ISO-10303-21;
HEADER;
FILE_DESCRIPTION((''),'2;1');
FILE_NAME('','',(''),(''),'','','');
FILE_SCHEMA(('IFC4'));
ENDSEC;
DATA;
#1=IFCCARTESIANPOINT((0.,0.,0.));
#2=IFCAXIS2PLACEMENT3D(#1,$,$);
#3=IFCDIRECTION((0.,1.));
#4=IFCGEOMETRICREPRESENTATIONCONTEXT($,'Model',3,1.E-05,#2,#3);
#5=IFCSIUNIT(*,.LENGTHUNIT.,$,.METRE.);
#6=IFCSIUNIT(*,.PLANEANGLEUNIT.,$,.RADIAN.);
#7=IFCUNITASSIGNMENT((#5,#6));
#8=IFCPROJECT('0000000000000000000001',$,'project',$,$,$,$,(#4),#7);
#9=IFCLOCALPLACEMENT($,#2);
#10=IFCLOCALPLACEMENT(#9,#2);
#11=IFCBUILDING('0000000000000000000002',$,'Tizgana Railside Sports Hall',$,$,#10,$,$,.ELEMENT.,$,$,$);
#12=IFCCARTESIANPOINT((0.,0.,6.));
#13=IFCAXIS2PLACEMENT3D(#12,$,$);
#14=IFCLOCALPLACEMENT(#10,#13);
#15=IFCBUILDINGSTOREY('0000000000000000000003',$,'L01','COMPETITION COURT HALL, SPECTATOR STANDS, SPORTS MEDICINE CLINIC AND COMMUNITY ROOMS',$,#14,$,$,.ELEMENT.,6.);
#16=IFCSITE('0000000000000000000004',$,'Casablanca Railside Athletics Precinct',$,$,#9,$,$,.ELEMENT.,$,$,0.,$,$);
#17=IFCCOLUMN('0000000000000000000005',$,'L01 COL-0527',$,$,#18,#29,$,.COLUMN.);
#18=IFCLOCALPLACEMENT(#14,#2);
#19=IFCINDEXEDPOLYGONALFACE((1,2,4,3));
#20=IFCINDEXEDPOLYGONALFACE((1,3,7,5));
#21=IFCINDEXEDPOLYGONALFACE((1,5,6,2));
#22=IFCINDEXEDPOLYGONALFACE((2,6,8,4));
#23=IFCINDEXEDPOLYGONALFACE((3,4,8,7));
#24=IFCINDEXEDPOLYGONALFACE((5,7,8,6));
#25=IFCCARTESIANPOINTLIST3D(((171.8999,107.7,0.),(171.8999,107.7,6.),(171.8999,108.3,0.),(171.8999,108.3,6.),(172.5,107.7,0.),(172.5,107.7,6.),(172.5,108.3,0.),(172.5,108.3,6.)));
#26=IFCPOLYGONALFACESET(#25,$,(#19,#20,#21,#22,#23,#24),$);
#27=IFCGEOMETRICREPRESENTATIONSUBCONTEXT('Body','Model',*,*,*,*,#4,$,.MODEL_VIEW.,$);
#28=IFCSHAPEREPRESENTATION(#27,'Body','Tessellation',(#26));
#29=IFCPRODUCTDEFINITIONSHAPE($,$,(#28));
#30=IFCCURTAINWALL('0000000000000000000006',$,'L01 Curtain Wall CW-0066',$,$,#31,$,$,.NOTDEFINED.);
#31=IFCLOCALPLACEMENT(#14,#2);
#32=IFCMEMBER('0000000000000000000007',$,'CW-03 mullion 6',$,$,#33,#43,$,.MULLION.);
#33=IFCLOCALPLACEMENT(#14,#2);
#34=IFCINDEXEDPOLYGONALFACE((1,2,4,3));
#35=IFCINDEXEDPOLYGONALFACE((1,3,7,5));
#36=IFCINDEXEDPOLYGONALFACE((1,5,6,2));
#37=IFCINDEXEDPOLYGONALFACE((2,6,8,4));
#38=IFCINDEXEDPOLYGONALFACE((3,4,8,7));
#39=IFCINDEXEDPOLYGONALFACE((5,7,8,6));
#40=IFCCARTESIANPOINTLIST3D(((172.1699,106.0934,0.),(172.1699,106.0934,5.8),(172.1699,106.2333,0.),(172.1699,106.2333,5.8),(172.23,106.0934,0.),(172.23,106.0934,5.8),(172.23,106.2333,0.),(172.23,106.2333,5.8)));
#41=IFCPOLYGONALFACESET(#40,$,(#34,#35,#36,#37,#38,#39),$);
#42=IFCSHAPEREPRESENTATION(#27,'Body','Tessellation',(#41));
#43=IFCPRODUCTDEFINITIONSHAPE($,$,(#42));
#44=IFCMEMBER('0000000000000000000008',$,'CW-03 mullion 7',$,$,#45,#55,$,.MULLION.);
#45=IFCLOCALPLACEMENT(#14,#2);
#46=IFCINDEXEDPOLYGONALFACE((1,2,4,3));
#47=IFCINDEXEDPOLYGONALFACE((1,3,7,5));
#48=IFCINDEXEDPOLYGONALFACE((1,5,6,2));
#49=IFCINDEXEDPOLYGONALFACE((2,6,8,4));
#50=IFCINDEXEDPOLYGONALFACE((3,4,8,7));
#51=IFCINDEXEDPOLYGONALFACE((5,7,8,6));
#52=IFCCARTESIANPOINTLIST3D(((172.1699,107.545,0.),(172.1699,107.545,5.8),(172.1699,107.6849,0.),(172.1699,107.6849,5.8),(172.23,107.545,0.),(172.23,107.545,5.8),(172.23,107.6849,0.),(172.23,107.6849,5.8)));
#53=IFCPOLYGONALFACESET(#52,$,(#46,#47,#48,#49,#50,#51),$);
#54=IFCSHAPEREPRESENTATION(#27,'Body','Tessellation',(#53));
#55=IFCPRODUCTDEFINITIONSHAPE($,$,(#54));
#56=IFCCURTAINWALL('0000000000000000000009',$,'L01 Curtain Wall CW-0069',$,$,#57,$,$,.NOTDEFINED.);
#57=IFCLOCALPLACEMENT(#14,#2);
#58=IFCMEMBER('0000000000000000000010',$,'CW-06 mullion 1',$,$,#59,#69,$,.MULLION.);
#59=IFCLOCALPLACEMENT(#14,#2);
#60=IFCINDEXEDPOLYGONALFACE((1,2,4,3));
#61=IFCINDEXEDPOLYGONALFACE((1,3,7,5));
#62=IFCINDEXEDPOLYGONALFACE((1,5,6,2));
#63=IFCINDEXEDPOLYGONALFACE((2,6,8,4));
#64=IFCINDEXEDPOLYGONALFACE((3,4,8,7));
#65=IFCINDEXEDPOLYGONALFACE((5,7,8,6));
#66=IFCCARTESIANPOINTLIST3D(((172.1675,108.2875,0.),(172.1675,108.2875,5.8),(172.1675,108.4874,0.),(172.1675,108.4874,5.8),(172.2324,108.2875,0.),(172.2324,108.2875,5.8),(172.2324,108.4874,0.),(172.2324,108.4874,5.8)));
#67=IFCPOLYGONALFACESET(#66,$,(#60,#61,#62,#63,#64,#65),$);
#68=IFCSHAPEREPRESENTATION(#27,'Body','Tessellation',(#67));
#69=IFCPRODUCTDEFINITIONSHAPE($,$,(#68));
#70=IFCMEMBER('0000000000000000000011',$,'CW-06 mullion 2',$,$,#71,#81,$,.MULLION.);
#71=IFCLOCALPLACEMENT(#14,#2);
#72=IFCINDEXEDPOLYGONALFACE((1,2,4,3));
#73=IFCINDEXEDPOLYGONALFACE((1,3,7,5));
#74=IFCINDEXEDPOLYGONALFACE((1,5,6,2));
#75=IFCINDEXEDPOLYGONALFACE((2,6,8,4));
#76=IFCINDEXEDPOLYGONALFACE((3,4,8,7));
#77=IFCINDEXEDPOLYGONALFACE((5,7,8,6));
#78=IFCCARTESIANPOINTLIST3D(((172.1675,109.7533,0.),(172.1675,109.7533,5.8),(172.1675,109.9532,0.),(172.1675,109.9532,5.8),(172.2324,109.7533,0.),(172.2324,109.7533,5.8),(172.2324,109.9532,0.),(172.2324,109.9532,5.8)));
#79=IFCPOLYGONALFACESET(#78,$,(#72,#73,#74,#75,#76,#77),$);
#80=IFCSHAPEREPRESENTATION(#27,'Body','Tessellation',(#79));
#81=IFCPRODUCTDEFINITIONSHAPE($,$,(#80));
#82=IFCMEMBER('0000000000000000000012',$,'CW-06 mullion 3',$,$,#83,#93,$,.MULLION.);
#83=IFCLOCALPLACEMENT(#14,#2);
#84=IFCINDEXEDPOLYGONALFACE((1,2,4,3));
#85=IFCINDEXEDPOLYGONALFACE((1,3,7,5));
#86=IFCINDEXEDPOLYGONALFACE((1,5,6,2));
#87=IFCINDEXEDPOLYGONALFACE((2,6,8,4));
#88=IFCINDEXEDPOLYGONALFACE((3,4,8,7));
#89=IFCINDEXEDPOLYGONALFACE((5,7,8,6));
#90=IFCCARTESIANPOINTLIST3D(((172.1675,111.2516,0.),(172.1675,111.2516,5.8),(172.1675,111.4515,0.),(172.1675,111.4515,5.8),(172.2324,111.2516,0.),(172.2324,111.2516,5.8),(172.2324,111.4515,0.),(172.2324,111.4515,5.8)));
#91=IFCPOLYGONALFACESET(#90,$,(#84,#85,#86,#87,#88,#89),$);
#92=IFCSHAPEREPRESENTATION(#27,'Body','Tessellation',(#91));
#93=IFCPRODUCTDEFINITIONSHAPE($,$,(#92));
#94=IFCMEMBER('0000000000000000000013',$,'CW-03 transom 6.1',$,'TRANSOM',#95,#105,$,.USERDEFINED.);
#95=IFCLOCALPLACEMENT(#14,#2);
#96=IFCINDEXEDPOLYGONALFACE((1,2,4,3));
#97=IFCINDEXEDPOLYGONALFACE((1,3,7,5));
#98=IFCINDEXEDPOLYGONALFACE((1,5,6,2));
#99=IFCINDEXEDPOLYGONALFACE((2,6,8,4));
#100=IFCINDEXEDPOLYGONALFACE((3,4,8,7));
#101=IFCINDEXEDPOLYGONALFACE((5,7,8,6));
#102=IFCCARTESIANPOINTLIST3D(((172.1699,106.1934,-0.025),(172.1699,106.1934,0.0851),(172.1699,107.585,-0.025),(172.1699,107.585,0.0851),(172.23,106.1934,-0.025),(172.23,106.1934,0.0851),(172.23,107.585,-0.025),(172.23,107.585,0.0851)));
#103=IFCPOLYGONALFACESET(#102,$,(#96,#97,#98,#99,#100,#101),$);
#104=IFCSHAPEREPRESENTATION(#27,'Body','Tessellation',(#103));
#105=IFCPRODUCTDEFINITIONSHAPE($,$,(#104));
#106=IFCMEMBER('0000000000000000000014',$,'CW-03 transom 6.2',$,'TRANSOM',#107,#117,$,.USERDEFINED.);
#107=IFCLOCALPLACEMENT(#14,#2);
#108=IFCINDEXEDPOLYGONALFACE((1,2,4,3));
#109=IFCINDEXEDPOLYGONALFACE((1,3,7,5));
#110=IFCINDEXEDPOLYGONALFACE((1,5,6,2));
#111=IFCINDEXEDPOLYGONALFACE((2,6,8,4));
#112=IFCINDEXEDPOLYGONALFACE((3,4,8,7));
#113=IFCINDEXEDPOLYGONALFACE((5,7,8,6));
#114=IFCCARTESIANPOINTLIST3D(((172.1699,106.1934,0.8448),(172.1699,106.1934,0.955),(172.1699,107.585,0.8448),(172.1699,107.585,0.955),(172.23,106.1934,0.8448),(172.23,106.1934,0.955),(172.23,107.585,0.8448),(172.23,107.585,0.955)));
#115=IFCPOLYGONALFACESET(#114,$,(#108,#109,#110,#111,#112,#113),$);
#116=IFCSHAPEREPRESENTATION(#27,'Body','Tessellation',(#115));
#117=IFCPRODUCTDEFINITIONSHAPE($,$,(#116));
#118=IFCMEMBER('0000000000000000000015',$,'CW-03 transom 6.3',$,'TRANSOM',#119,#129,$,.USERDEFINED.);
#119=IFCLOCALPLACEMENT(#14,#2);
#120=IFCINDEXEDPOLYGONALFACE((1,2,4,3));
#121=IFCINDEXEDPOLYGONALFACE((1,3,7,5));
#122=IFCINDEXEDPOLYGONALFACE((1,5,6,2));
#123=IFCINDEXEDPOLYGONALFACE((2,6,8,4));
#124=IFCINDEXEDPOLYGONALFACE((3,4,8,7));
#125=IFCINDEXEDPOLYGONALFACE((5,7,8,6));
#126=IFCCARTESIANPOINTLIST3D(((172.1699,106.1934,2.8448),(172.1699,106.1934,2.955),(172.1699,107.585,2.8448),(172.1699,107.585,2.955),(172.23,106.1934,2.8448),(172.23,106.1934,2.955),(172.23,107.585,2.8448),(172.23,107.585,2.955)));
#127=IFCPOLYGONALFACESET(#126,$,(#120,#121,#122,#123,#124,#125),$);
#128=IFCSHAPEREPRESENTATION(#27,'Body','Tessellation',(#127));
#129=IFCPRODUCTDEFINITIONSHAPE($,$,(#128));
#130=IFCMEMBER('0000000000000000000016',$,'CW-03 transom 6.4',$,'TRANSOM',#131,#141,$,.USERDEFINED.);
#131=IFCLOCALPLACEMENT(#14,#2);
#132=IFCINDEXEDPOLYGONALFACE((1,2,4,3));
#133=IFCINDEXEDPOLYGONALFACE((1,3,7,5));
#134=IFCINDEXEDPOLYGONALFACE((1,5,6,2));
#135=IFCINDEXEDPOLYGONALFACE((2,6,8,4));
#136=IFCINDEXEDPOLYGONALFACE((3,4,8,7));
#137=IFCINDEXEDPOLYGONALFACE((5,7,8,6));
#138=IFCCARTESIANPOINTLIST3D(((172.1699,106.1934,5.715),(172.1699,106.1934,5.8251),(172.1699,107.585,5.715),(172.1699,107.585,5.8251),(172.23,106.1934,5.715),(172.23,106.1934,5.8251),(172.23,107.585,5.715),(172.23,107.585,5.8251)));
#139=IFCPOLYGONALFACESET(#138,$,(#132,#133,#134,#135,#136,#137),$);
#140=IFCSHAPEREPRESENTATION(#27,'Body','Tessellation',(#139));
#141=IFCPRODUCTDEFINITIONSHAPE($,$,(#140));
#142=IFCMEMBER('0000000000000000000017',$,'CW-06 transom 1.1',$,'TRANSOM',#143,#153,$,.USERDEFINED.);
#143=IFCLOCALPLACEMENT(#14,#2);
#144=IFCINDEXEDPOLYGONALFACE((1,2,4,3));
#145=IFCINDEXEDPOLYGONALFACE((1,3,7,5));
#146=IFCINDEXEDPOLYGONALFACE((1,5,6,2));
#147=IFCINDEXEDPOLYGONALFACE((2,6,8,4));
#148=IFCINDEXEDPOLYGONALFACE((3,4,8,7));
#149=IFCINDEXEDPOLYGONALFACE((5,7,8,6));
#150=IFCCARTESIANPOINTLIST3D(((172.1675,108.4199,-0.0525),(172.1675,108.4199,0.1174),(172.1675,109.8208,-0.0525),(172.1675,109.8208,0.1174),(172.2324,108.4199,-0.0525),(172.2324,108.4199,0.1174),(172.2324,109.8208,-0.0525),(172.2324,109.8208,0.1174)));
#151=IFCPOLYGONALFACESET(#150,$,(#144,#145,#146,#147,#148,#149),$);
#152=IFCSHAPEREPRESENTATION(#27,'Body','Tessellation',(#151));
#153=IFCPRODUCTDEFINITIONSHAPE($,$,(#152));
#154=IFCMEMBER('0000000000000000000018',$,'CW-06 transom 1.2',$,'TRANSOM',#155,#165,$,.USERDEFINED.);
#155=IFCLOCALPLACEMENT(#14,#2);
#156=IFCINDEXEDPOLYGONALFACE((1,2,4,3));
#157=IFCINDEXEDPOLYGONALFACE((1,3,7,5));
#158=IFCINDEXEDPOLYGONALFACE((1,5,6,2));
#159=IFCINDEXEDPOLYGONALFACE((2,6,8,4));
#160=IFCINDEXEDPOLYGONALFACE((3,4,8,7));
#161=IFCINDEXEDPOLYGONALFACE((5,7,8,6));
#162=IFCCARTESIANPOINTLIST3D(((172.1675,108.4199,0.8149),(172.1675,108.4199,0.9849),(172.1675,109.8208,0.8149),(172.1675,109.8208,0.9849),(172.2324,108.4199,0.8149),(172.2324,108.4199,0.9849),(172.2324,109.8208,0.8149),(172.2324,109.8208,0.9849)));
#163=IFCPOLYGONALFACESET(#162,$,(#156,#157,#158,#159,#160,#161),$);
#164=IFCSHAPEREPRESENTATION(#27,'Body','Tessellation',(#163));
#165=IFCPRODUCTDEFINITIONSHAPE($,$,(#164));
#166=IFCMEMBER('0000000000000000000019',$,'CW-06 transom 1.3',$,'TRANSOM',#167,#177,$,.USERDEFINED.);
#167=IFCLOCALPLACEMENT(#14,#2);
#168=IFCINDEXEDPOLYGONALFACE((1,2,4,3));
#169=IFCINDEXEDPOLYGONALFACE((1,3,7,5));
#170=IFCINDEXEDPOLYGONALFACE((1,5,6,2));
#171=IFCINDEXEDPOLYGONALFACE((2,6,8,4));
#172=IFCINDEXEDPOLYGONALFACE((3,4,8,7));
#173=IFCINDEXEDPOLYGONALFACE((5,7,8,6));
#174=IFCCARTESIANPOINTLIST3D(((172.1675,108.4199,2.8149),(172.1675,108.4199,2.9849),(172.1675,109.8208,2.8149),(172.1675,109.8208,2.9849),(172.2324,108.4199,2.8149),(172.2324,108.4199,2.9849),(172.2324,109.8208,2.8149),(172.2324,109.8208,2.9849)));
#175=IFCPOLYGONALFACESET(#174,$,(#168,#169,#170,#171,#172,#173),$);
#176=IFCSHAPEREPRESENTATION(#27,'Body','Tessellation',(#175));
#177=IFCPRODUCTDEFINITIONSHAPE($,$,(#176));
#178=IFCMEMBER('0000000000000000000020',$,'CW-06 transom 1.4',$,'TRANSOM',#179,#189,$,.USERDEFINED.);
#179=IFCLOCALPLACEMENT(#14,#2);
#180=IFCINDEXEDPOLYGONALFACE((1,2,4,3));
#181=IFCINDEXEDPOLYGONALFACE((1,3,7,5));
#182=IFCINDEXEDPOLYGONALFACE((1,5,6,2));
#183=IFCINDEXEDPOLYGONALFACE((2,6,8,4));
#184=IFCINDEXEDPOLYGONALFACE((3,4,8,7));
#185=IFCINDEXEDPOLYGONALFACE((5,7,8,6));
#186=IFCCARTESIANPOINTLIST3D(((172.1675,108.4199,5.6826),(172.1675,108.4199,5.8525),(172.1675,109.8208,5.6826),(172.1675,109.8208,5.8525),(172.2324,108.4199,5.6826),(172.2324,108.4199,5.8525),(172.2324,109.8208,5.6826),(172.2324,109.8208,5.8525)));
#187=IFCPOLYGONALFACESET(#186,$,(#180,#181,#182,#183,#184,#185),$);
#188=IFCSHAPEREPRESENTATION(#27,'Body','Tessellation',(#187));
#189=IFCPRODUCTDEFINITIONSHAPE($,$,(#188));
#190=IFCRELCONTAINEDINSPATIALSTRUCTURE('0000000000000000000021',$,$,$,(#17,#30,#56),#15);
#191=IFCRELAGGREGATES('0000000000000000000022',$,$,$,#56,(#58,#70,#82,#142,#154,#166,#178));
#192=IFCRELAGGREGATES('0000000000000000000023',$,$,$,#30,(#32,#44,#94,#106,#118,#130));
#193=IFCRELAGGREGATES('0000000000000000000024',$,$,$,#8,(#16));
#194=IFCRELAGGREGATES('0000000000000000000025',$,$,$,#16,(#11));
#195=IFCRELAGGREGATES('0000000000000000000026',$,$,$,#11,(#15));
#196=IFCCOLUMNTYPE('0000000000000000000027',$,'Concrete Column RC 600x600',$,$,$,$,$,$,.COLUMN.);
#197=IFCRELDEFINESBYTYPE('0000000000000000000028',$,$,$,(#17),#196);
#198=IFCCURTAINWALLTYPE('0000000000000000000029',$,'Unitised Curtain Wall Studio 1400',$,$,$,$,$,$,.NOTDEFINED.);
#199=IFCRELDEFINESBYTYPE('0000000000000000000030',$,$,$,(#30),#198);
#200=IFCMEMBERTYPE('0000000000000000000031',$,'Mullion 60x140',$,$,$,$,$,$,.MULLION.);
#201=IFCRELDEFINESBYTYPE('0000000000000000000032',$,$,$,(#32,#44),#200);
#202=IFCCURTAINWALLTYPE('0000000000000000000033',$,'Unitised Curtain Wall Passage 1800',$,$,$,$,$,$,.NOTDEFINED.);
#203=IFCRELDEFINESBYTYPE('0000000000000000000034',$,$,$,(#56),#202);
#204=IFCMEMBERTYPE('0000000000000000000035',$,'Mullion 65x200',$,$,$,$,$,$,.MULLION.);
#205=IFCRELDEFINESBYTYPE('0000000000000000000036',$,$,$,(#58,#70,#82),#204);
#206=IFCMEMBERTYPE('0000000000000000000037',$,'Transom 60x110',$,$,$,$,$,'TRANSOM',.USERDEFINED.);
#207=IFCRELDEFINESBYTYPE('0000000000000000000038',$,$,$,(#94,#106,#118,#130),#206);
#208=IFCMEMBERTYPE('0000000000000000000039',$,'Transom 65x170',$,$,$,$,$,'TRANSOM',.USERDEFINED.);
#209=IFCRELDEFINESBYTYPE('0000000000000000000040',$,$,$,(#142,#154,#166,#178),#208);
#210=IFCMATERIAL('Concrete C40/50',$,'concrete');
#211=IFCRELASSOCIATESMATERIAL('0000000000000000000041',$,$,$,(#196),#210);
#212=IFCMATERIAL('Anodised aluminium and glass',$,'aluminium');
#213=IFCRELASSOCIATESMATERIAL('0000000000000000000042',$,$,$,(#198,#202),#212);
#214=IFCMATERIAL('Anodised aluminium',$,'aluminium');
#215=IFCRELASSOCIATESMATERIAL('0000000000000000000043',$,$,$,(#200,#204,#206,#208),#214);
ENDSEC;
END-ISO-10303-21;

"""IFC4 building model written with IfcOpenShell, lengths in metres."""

from ifc_helpers import new_model, si_unit, direction, frame, origin, origin_2d, place, context, subcontext, project, spatial, rectangle, extrude, material, material_profile, profile_set, type_object, element, aggregate, save


model = new_model("IFC4")

# Units and contexts
model_context = context("Model", 3, precision=1e-05, world=origin(), true_north=direction((0.0, 1.0)))
body_context = subcontext(model_context, "Body", "Model", "MODEL_VIEW")
ifc_project = project(units=[si_unit("LENGTHUNIT", "METRE"), si_unit("PLANEANGLEUNIT", "RADIAN")], contexts=[model_context])

# Site, building, storey
site_placement = place(None, origin())
site = spatial("IfcSite", under=ifc_project, at=site_placement, Name="Casablanca Railside Athletics Precinct", CompositionType="ELEMENT", RefElevation=0.0)
building_placement = place(site_placement, origin())
building = spatial("IfcBuilding", under=site, at=building_placement, Name="Tizgana Railside Sports Hall", CompositionType="ELEMENT")
storey_placement = place(building_placement, frame((0.0, 0.0, 6.0)))
storey = spatial("IfcBuildingStorey", under=building, at=storey_placement, Name="L01", Description="COMPETITION COURT HALL, SPECTATOR STANDS, SPORTS MEDICINE CLINIC AND COMMUNITY ROOMS", CompositionType="ELEMENT", Elevation=6.0)

# Column
ifc_material_1 = material(Name="Concrete C40/50", Category="concrete")
ifc_material_profile_1 = material_profile(ifc_material_1, rectangle(XDim=0.6001, YDim=0.6001, at=origin_2d()), Name="RC 600x600")
ifc_profile_set_1 = profile_set([ifc_material_profile_1], Name="Concrete C40/50")
column_type = type_object("IfcColumnType", Name="Concrete Column RC 600x600", PredefinedType="COLUMN", material=ifc_profile_set_1)
column_placement = place(storey_placement, frame((172.2, 108.0, 0.0), z_axis=(0.0, 0.0, 1.0), x_axis=(1.0, 0.0, 0.0)))
element("IfcColumn", 1, at=column_placement, inside=storey, type_object=column_type, Name="L01 COL-0527", PredefinedType="COLUMN", context=body_context, shape_type="SweptSolid", body=[
    extrude(rectangle(XDim=0.6001, YDim=0.6001, at=origin_2d()), origin(), (0.0, 0.0, 1.0), 6.0),
])

# Curtain walls, members
ifc_material_2 = material(Name="Anodised aluminium and glass", Category="aluminium")
curtain_wall_type_1 = type_object("IfcCurtainWallType", Name="Unitised Curtain Wall Studio 1400", PredefinedType="NOTDEFINED", material=ifc_material_2)
curtain_wall_1_placement = place(storey_placement, origin())
curtain_wall_1 = element("IfcCurtainWall", 2, at=curtain_wall_1_placement, inside=storey, type_object=curtain_wall_type_1, Name="L01 Curtain Wall CW-0066", PredefinedType="NOTDEFINED")
ifc_material_3 = material(Name="Anodised aluminium", Category="aluminium")
ifc_material_profile_2 = material_profile(ifc_material_3, rectangle(XDim=0.0601, YDim=0.1399, at=origin_2d()), Name="Mullion 60x140")
ifc_profile_set_2 = profile_set([ifc_material_profile_2], Name="Anodised aluminium")
member_type_1 = type_object("IfcMemberType", Name="Mullion 60x140", PredefinedType="MULLION", material=ifc_profile_set_2)
member_1_placement = place(storey_placement, frame((172.2, 106.1633, 0.0), z_axis=(0.0, 0.0, 1.0), x_axis=(-1.0, 0.0, 0.0)))
member_1 = element("IfcMember", 3, at=member_1_placement, type_object=member_type_1, Name="CW-03 mullion 6", PredefinedType="MULLION", context=body_context, shape_type="SweptSolid", body=[
    extrude(rectangle(XDim=0.0601, YDim=0.1399, at=origin_2d()), origin(), (0.0, 0.0, 1.0), 5.8),
])
member_2_placement = place(storey_placement, frame((172.2, 107.615, 0.0), z_axis=(0.0, 0.0, 1.0), x_axis=(-1.0, 0.0, 0.0)))
member_2 = element("IfcMember", 4, at=member_2_placement, type_object=member_type_1, Name="CW-03 mullion 7", PredefinedType="MULLION", context=body_context, shape_type="SweptSolid", body=[
    extrude(rectangle(XDim=0.0601, YDim=0.1399, at=origin_2d()), origin(), (0.0, 0.0, 1.0), 5.8),
])
curtain_wall_type_2 = type_object("IfcCurtainWallType", Name="Unitised Curtain Wall Passage 1800", PredefinedType="NOTDEFINED", material=ifc_material_2)
curtain_wall_2_placement = place(storey_placement, origin())
curtain_wall_2 = element("IfcCurtainWall", 5, at=curtain_wall_2_placement, inside=storey, type_object=curtain_wall_type_2, Name="L01 Curtain Wall CW-0069", PredefinedType="NOTDEFINED")
ifc_material_profile_3 = material_profile(ifc_material_3, rectangle(XDim=0.0649, YDim=0.2, at=origin_2d()), Name="Mullion 65x200")
ifc_profile_set_3 = profile_set([ifc_material_profile_3], Name="Anodised aluminium")
member_type_2 = type_object("IfcMemberType", Name="Mullion 65x200", PredefinedType="MULLION", material=ifc_profile_set_3)
member_3_placement = place(storey_placement, frame((172.2, 108.3875, 0.0), z_axis=(0.0, 0.0, 1.0), x_axis=(-1.0, 0.0, 0.0)))
member_3 = element("IfcMember", 6, at=member_3_placement, type_object=member_type_2, Name="CW-06 mullion 1", PredefinedType="MULLION", context=body_context, shape_type="SweptSolid", body=[
    extrude(rectangle(XDim=0.0649, YDim=0.2, at=origin_2d()), origin(), (0.0, 0.0, 1.0), 5.8),
])
member_4_placement = place(storey_placement, frame((172.2, 109.8533, 0.0), z_axis=(0.0, 0.0, 1.0), x_axis=(-1.0, 0.0, 0.0)))
member_4 = element("IfcMember", 7, at=member_4_placement, type_object=member_type_2, Name="CW-06 mullion 2", PredefinedType="MULLION", context=body_context, shape_type="SweptSolid", body=[
    extrude(rectangle(XDim=0.0649, YDim=0.2, at=origin_2d()), origin(), (0.0, 0.0, 1.0), 5.8),
])
member_5_placement = place(storey_placement, frame((172.2, 111.3516, 0.0), z_axis=(0.0, 0.0, 1.0), x_axis=(-1.0, 0.0, 0.0)))
member_5 = element("IfcMember", 8, at=member_5_placement, type_object=member_type_2, Name="CW-06 mullion 3", PredefinedType="MULLION", context=body_context, shape_type="SweptSolid", body=[
    extrude(rectangle(XDim=0.0649, YDim=0.2, at=origin_2d()), origin(), (0.0, 0.0, 1.0), 5.8),
])

# Members
ifc_material_profile_4 = material_profile(ifc_material_3, rectangle(XDim=0.0601, YDim=0.1101, at=origin_2d()), Name="Transom 60x110")
ifc_profile_set_4 = profile_set([ifc_material_profile_4], Name="Anodised aluminium")
member_type_3 = type_object("IfcMemberType", Name="Transom 60x110", ElementType="TRANSOM", PredefinedType="USERDEFINED", material=ifc_profile_set_4)
member_6_placement = place(storey_placement, frame((172.2, 106.1934, 0.03), z_axis=(0.0, 1.0, 0.0), x_axis=(-1.0, 0.0, 0.0)))
member_6 = element("IfcMember", 9, at=member_6_placement, type_object=member_type_3, Name="CW-03 transom 6.1", ObjectType="TRANSOM", PredefinedType="USERDEFINED", context=body_context, shape_type="SweptSolid", body=[
    extrude(rectangle(XDim=0.0601, YDim=0.1101, at=origin_2d()), origin(), (0.0, 0.0, 1.0), 1.3916),
])
member_7_placement = place(storey_placement, frame((172.2, 106.1934, 0.8999), z_axis=(0.0, 1.0, 0.0), x_axis=(-1.0, 0.0, 0.0)))
member_7 = element("IfcMember", 10, at=member_7_placement, type_object=member_type_3, Name="CW-03 transom 6.2", ObjectType="TRANSOM", PredefinedType="USERDEFINED", context=body_context, shape_type="SweptSolid", body=[
    extrude(rectangle(XDim=0.0601, YDim=0.1101, at=origin_2d()), origin(), (0.0, 0.0, 1.0), 1.3916),
])
member_8_placement = place(storey_placement, frame((172.2, 106.1934, 2.8999), z_axis=(0.0, 1.0, 0.0), x_axis=(-1.0, 0.0, 0.0)))
member_8 = element("IfcMember", 11, at=member_8_placement, type_object=member_type_3, Name="CW-03 transom 6.3", ObjectType="TRANSOM", PredefinedType="USERDEFINED", context=body_context, shape_type="SweptSolid", body=[
    extrude(rectangle(XDim=0.0601, YDim=0.1101, at=origin_2d()), origin(), (0.0, 0.0, 1.0), 1.3916),
])
member_9_placement = place(storey_placement, frame((172.2, 106.1934, 5.77), z_axis=(0.0, 1.0, 0.0), x_axis=(-1.0, 0.0, 0.0)))
member_9 = element("IfcMember", 12, at=member_9_placement, type_object=member_type_3, Name="CW-03 transom 6.4", ObjectType="TRANSOM", PredefinedType="USERDEFINED", context=body_context, shape_type="SweptSolid", body=[
    extrude(rectangle(XDim=0.0601, YDim=0.1101, at=origin_2d()), origin(), (0.0, 0.0, 1.0), 1.3916),
])
ifc_material_profile_5 = material_profile(ifc_material_3, rectangle(XDim=0.0649, YDim=0.1699, at=origin_2d()), Name="Transom 65x170")
ifc_profile_set_5 = profile_set([ifc_material_profile_5], Name="Anodised aluminium")
member_type_4 = type_object("IfcMemberType", Name="Transom 65x170", ElementType="TRANSOM", PredefinedType="USERDEFINED", material=ifc_profile_set_5)
member_10_placement = place(storey_placement, frame((172.2, 108.4199, 0.0325), z_axis=(0.0, 1.0, 0.0), x_axis=(-1.0, 0.0, 0.0)))
member_10 = element("IfcMember", 13, at=member_10_placement, type_object=member_type_4, Name="CW-06 transom 1.1", ObjectType="TRANSOM", PredefinedType="USERDEFINED", context=body_context, shape_type="SweptSolid", body=[
    extrude(rectangle(XDim=0.0649, YDim=0.1699, at=origin_2d()), origin(), (0.0, 0.0, 1.0), 1.4009),
])
member_11_placement = place(storey_placement, frame((172.2, 108.4199, 0.8999), z_axis=(0.0, 1.0, 0.0), x_axis=(-1.0, 0.0, 0.0)))
member_11 = element("IfcMember", 14, at=member_11_placement, type_object=member_type_4, Name="CW-06 transom 1.2", ObjectType="TRANSOM", PredefinedType="USERDEFINED", context=body_context, shape_type="SweptSolid", body=[
    extrude(rectangle(XDim=0.0649, YDim=0.1699, at=origin_2d()), origin(), (0.0, 0.0, 1.0), 1.4009),
])
member_12_placement = place(storey_placement, frame((172.2, 108.4199, 2.8999), z_axis=(0.0, 1.0, 0.0), x_axis=(-1.0, 0.0, 0.0)))
member_12 = element("IfcMember", 15, at=member_12_placement, type_object=member_type_4, Name="CW-06 transom 1.3", ObjectType="TRANSOM", PredefinedType="USERDEFINED", context=body_context, shape_type="SweptSolid", body=[
    extrude(rectangle(XDim=0.0649, YDim=0.1699, at=origin_2d()), origin(), (0.0, 0.0, 1.0), 1.4009),
])
member_13_placement = place(storey_placement, frame((172.2, 108.4199, 5.7676), z_axis=(0.0, 1.0, 0.0), x_axis=(-1.0, 0.0, 0.0)))
member_13 = element("IfcMember", 16, at=member_13_placement, type_object=member_type_4, Name="CW-06 transom 1.4", ObjectType="TRANSOM", PredefinedType="USERDEFINED", context=body_context, shape_type="SweptSolid", body=[
    extrude(rectangle(XDim=0.0649, YDim=0.1699, at=origin_2d()), origin(), (0.0, 0.0, 1.0), 1.4009),
])

aggregate(curtain_wall_2, [member_3, member_4, member_5, member_10, member_11, member_12, member_13])
aggregate(curtain_wall_1, [member_1, member_2, member_6, member_7, member_8, member_9])

save(model, "model.ifc")
